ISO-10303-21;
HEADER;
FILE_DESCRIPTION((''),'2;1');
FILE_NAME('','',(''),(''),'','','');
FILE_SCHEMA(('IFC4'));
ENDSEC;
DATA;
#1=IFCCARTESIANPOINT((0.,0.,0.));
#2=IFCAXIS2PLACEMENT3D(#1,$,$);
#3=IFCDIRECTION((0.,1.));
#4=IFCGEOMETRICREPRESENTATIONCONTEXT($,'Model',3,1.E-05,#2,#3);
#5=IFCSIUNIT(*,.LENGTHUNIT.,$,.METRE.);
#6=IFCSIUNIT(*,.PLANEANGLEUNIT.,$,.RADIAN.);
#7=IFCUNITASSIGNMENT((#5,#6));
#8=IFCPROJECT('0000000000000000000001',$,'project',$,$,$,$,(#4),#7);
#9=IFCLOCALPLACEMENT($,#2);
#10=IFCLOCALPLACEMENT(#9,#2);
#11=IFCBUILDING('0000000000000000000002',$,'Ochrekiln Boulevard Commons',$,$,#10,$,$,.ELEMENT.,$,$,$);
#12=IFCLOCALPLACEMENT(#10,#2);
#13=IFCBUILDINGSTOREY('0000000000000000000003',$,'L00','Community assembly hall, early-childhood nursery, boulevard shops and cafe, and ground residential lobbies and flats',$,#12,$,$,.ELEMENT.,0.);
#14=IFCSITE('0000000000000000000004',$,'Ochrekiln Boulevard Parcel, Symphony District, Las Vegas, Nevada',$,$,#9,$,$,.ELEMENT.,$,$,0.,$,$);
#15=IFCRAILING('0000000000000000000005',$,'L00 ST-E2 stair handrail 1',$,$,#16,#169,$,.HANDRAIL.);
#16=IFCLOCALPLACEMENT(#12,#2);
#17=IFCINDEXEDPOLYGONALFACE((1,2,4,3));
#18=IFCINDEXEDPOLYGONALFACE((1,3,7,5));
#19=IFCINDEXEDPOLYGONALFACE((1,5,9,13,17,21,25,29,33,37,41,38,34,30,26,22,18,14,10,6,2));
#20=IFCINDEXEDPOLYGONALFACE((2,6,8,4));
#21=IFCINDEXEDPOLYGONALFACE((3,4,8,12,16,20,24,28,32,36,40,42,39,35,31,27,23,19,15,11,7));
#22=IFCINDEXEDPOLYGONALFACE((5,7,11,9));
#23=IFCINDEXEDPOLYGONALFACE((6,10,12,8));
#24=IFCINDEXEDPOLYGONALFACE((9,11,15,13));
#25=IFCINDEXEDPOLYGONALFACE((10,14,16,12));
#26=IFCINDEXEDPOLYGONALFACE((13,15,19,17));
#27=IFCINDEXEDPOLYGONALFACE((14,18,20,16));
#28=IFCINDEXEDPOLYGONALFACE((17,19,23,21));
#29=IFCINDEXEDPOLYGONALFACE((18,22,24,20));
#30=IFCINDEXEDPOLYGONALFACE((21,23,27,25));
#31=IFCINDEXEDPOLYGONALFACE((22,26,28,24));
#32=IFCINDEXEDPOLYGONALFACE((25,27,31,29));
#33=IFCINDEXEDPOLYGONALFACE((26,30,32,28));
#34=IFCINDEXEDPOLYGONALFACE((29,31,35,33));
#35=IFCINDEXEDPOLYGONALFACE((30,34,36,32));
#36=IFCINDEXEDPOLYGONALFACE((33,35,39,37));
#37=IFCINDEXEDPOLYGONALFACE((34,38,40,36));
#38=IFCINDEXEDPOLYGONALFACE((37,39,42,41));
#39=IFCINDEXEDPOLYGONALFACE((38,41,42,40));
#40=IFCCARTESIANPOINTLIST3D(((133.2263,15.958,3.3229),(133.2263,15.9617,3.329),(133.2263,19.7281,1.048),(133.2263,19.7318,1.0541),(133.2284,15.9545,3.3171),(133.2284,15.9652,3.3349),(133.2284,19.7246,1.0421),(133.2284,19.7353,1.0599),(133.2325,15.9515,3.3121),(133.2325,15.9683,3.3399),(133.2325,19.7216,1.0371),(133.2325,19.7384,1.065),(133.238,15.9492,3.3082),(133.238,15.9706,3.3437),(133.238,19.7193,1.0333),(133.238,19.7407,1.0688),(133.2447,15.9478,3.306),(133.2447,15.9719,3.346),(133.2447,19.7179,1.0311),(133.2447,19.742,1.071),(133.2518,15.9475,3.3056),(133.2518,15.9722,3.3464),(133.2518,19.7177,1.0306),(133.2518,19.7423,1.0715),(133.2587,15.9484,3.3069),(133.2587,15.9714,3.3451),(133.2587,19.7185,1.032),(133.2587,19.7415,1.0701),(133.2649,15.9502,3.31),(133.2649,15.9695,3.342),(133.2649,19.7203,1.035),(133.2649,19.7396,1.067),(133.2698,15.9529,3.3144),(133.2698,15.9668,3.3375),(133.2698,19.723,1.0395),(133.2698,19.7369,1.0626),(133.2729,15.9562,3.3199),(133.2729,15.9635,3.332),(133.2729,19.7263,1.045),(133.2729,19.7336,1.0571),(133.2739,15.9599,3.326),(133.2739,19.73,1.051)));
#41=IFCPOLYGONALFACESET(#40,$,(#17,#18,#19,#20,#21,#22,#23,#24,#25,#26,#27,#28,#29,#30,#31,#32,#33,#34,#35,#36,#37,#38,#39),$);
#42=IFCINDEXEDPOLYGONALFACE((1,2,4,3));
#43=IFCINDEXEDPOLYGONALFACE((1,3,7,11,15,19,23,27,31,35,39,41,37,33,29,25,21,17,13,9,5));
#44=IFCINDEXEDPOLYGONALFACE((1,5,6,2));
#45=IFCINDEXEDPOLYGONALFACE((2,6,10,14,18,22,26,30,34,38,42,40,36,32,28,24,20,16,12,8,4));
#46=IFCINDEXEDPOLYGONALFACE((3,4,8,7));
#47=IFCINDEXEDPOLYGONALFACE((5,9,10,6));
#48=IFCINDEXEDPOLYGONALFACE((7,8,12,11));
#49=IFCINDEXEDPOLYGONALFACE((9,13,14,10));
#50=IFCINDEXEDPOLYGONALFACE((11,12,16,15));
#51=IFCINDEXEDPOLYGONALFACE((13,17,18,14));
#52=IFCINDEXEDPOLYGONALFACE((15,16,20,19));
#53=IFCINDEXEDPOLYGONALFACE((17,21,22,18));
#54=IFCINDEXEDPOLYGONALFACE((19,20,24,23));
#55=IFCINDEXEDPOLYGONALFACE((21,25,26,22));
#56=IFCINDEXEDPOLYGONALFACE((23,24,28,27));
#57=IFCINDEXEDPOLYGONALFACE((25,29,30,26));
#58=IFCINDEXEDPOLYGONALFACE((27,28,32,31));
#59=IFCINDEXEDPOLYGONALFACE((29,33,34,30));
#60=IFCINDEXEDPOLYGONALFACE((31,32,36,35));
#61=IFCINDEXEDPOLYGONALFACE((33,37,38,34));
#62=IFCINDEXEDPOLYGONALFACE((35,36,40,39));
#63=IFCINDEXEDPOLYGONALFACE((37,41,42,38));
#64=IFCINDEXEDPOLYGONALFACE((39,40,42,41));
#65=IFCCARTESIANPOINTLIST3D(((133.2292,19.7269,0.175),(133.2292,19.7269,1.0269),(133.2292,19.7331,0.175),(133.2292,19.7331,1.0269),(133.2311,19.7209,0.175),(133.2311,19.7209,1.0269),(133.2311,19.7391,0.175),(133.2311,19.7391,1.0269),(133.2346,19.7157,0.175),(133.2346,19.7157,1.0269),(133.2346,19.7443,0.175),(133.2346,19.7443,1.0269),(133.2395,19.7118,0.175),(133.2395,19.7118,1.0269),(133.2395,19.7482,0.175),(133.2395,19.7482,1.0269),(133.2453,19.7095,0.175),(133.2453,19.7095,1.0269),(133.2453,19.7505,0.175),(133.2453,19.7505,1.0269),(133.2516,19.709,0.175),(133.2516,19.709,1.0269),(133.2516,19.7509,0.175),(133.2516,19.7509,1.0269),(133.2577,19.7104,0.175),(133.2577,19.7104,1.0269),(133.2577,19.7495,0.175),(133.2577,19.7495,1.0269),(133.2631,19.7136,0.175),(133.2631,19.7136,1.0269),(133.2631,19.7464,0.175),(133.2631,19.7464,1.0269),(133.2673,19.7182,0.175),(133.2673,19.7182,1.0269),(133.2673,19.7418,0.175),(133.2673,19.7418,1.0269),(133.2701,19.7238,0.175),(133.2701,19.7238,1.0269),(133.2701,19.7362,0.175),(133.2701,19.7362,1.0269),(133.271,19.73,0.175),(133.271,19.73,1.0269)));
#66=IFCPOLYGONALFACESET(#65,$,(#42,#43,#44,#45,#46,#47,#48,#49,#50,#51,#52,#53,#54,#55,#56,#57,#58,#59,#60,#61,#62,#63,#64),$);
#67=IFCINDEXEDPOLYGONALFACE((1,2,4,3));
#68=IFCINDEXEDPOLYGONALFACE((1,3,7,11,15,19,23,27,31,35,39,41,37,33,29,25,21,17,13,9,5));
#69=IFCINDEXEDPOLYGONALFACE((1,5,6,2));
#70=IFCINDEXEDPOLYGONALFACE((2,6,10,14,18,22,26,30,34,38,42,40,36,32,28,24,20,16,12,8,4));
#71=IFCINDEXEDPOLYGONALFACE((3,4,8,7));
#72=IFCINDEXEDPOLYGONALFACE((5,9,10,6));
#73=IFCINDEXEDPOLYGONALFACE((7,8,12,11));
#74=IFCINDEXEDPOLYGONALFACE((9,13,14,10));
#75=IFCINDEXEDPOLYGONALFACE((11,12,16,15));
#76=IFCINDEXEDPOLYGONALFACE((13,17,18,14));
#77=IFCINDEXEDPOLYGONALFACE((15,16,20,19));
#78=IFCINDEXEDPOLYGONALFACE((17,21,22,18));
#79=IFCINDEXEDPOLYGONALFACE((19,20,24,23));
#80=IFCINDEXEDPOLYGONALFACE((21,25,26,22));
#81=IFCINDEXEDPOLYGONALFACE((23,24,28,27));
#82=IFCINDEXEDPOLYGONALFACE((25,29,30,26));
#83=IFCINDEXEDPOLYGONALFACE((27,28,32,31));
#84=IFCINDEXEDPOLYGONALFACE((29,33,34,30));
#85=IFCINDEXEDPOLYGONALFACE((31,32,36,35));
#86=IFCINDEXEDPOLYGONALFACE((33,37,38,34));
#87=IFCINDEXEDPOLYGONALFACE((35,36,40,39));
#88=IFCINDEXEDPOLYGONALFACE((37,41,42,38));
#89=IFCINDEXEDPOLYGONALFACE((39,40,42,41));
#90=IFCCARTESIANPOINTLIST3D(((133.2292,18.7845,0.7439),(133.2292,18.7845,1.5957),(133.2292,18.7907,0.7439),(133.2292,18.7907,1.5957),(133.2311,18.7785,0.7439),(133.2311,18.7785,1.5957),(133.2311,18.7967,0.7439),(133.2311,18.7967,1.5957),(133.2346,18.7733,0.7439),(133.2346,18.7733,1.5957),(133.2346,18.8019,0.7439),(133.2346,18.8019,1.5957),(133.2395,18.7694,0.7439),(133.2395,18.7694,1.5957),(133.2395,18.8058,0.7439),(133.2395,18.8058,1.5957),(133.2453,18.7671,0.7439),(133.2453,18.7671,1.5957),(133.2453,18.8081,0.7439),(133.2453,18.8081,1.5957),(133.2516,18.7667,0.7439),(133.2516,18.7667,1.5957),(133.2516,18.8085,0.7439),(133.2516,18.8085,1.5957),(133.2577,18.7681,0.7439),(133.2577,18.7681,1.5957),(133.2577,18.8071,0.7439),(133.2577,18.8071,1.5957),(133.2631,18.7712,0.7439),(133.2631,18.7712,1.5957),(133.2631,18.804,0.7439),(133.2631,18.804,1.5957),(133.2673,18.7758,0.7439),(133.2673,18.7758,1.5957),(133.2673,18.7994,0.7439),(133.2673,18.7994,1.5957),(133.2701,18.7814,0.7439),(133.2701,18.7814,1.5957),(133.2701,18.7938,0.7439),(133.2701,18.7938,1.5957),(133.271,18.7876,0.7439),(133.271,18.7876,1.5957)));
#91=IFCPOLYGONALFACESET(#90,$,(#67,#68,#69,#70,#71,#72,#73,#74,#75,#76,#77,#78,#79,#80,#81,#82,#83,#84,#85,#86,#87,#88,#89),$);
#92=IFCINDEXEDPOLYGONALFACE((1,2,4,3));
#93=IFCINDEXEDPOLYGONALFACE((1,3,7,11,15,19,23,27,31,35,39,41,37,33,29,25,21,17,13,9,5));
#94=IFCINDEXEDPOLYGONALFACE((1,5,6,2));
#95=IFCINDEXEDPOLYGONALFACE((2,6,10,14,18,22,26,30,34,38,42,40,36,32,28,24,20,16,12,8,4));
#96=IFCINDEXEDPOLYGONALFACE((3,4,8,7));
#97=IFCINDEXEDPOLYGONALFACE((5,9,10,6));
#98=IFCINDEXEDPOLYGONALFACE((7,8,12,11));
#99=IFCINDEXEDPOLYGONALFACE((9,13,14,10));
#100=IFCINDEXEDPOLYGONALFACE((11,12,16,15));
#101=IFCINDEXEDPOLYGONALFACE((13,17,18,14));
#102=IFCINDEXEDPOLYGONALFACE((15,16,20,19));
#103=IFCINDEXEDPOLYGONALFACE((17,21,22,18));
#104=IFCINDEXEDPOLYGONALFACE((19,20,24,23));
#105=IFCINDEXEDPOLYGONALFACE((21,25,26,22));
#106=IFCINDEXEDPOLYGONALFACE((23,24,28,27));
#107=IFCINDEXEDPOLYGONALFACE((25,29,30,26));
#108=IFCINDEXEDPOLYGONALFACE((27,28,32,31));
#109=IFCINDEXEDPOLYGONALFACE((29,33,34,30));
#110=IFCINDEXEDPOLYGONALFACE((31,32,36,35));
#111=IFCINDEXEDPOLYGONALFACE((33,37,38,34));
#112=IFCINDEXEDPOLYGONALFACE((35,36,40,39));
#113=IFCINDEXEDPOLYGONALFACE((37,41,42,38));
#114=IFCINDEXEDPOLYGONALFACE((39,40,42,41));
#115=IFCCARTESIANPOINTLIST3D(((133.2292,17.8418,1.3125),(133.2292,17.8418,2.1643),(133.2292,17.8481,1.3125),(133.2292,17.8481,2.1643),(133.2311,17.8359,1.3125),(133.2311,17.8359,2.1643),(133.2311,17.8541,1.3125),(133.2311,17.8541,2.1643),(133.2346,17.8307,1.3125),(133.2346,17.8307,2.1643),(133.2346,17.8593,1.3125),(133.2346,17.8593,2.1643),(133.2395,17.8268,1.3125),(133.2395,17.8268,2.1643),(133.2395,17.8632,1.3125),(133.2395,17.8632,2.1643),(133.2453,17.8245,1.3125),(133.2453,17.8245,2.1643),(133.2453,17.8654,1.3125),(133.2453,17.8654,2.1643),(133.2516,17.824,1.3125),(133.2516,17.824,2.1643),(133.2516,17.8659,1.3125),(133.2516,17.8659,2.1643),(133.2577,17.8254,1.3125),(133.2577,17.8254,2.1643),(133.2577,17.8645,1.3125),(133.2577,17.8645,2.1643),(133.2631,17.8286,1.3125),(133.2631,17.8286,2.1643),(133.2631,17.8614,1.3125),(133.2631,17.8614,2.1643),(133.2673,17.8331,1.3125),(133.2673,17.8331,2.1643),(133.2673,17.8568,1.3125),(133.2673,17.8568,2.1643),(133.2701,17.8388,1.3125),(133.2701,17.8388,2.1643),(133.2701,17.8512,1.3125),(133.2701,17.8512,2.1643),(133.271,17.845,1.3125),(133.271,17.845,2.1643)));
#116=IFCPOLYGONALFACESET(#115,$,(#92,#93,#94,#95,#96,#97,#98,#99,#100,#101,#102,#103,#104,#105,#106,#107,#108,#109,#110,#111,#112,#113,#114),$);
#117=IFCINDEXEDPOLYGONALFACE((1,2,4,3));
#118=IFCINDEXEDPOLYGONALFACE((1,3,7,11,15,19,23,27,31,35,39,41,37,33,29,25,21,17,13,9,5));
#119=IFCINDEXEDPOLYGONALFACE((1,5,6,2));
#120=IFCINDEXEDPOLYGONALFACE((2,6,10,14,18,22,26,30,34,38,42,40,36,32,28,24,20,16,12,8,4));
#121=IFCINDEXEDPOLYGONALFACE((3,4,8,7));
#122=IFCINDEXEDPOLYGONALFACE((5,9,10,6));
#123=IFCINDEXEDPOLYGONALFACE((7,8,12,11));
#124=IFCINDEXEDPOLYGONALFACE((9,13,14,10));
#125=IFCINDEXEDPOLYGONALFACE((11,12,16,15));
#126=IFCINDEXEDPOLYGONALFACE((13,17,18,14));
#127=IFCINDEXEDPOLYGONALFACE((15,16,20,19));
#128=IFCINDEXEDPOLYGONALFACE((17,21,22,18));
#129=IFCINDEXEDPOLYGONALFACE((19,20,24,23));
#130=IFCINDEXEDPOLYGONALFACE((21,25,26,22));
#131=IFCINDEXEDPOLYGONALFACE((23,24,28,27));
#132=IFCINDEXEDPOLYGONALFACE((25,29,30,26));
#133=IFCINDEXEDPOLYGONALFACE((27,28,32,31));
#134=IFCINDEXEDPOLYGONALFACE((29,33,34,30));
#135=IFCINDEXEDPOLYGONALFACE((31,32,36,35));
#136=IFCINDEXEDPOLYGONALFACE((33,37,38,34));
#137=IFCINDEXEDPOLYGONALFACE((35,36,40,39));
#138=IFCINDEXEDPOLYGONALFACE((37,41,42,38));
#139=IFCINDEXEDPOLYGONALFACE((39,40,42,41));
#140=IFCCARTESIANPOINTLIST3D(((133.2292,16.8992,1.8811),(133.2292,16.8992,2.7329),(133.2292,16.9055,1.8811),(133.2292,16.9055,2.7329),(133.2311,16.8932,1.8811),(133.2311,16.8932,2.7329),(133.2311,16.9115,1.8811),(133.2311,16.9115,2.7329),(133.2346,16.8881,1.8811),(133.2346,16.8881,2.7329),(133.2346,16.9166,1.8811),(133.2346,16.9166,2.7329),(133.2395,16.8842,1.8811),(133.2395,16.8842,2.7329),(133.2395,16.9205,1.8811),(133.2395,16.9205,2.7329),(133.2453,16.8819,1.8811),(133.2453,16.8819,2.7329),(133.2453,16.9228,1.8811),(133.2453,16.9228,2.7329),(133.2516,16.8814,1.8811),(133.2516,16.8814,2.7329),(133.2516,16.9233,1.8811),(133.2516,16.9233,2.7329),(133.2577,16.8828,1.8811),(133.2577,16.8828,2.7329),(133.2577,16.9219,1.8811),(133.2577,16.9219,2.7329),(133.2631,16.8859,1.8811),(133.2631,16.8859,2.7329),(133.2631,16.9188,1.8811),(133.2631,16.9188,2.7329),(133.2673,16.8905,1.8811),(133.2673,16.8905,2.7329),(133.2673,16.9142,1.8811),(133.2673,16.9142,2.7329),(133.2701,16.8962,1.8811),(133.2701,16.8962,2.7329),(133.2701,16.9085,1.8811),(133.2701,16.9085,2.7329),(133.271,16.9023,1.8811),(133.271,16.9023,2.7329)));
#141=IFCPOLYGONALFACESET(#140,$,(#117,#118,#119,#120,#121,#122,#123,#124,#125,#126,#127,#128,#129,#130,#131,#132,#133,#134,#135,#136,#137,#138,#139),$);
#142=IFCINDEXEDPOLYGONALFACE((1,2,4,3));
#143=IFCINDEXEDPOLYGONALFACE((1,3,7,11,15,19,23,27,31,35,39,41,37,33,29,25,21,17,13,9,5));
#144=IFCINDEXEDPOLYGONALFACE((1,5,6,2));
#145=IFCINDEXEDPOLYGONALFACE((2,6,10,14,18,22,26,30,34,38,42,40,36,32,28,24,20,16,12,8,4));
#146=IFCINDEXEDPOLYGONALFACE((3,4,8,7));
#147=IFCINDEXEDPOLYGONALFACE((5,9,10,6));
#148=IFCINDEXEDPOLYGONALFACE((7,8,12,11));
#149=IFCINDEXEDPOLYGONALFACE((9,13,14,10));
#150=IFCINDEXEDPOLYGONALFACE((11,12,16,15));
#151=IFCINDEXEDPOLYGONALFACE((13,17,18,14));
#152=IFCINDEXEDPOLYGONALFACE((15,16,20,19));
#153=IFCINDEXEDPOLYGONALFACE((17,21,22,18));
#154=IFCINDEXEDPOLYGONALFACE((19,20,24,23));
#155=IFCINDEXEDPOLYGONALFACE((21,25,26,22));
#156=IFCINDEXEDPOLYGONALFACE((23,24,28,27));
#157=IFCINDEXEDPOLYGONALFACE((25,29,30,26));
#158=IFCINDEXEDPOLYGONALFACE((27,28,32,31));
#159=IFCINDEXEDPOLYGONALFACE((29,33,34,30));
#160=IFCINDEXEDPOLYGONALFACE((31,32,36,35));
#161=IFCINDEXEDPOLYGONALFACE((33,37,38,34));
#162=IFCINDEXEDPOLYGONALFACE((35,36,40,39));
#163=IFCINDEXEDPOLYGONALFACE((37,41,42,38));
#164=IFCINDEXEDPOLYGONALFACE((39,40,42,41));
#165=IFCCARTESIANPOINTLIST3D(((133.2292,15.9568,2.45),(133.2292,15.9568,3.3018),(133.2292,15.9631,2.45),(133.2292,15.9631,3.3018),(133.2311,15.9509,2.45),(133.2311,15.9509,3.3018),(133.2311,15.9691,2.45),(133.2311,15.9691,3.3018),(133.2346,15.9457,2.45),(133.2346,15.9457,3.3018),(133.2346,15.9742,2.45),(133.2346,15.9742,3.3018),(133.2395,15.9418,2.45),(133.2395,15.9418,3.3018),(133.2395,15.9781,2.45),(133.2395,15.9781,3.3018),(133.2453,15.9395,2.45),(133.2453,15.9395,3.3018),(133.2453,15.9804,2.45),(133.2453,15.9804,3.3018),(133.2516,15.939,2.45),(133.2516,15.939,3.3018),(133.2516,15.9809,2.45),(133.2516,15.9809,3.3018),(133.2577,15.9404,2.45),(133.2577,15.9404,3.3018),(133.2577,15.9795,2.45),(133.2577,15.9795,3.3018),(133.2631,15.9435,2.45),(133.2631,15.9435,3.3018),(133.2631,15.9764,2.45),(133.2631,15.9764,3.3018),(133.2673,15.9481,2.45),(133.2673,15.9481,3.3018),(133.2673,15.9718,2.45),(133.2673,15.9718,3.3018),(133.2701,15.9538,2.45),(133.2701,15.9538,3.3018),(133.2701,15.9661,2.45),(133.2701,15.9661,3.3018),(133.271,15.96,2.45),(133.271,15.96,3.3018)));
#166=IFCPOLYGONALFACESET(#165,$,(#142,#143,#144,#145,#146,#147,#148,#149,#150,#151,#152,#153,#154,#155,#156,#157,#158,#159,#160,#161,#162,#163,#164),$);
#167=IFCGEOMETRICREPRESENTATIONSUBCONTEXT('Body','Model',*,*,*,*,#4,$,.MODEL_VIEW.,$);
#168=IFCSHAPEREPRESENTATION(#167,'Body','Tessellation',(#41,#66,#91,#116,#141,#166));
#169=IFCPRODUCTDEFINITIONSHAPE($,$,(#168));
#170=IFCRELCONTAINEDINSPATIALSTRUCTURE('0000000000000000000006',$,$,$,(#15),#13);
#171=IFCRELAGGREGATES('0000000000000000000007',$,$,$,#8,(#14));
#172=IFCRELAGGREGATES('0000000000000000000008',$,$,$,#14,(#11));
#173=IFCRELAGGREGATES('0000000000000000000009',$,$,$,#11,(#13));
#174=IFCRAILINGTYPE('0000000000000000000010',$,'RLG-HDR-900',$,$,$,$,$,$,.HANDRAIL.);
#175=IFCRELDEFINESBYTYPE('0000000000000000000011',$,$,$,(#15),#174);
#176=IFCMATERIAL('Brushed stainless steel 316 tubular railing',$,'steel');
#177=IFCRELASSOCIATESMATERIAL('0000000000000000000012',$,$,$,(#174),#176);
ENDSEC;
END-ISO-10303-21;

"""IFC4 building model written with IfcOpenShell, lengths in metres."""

from ifc_helpers import new_model, si_unit, direction, frame, origin, origin_2d, place, context, subcontext, project, spatial, circle, extrude, material, type_object, element, save


model = new_model("IFC4")

# Units and contexts
model_context = context("Model", 3, precision=1e-05, world=origin(), true_north=direction((0.0, 1.0)))
body_context = subcontext(model_context, "Body", "Model", "MODEL_VIEW")
ifc_project = project(units=[si_unit("LENGTHUNIT", "METRE"), si_unit("PLANEANGLEUNIT", "RADIAN")], contexts=[model_context])

# Site, building, storey
site_placement = place(None, origin())
site = spatial("IfcSite", under=ifc_project, at=site_placement, Name="Ochrekiln Boulevard Parcel, Symphony District, Las Vegas, Nevada", CompositionType="ELEMENT", RefElevation=0.0)
building_placement = place(site_placement, origin())
building = spatial("IfcBuilding", under=site, at=building_placement, Name="Ochrekiln Boulevard Commons", CompositionType="ELEMENT")
storey_placement = place(building_placement, origin())
storey = spatial("IfcBuildingStorey", under=building, at=storey_placement, Name="L00", Description="Community assembly hall, early-childhood nursery, boulevard shops and cafe, and ground residential lobbies and flats", CompositionType="ELEMENT", Elevation=0.0)

# Railing
ifc_material_1 = material(Name="Brushed stainless steel 316 tubular railing", Category="steel")
railing_type_1 = type_object("IfcRailingType", Name="RLG-HDR-900", PredefinedType="HANDRAIL", material=ifc_material_1)
railing_1_placement = place(storey_placement, frame((133.25, 19.73, 0.175)))
element("IfcRailing", 1, at=railing_1_placement, inside=storey, type_object=railing_type_1, Name="L00 ST-E2 stair handrail 1", PredefinedType="HANDRAIL", context=body_context, shape_type="SweptSolid", body=[
    extrude(circle(Radius=0.0239, at=origin_2d()), frame((0.0, 0.0, 0.876), z_axis=(0.0, -0.856199, 0.516647), x_axis=(1.0, 0.0, 0.0)), (0.0, 0.0, 1.0), 4.4033),
    extrude(circle(Radius=0.021, at=origin_2d()), origin(), (0.0, 0.0, 1.0), 0.8518),
    extrude(circle(Radius=0.021, at=origin_2d()), frame((0.0, -0.9424, 0.5688)), (0.0, 0.0, 1.0), 0.8518),
    extrude(circle(Radius=0.021, at=origin_2d()), frame((0.0, -1.885, 1.1375)), (0.0, 0.0, 1.0), 0.8518),
    extrude(circle(Radius=0.021, at=origin_2d()), frame((0.0, -2.8276, 1.7061)), (0.0, 0.0, 1.0), 0.8518),
    extrude(circle(Radius=0.021, at=origin_2d()), frame((0.0, -3.77, 2.2749)), (0.0, 0.0, 1.0), 0.8518),
])

save(model, "model.ifc")
